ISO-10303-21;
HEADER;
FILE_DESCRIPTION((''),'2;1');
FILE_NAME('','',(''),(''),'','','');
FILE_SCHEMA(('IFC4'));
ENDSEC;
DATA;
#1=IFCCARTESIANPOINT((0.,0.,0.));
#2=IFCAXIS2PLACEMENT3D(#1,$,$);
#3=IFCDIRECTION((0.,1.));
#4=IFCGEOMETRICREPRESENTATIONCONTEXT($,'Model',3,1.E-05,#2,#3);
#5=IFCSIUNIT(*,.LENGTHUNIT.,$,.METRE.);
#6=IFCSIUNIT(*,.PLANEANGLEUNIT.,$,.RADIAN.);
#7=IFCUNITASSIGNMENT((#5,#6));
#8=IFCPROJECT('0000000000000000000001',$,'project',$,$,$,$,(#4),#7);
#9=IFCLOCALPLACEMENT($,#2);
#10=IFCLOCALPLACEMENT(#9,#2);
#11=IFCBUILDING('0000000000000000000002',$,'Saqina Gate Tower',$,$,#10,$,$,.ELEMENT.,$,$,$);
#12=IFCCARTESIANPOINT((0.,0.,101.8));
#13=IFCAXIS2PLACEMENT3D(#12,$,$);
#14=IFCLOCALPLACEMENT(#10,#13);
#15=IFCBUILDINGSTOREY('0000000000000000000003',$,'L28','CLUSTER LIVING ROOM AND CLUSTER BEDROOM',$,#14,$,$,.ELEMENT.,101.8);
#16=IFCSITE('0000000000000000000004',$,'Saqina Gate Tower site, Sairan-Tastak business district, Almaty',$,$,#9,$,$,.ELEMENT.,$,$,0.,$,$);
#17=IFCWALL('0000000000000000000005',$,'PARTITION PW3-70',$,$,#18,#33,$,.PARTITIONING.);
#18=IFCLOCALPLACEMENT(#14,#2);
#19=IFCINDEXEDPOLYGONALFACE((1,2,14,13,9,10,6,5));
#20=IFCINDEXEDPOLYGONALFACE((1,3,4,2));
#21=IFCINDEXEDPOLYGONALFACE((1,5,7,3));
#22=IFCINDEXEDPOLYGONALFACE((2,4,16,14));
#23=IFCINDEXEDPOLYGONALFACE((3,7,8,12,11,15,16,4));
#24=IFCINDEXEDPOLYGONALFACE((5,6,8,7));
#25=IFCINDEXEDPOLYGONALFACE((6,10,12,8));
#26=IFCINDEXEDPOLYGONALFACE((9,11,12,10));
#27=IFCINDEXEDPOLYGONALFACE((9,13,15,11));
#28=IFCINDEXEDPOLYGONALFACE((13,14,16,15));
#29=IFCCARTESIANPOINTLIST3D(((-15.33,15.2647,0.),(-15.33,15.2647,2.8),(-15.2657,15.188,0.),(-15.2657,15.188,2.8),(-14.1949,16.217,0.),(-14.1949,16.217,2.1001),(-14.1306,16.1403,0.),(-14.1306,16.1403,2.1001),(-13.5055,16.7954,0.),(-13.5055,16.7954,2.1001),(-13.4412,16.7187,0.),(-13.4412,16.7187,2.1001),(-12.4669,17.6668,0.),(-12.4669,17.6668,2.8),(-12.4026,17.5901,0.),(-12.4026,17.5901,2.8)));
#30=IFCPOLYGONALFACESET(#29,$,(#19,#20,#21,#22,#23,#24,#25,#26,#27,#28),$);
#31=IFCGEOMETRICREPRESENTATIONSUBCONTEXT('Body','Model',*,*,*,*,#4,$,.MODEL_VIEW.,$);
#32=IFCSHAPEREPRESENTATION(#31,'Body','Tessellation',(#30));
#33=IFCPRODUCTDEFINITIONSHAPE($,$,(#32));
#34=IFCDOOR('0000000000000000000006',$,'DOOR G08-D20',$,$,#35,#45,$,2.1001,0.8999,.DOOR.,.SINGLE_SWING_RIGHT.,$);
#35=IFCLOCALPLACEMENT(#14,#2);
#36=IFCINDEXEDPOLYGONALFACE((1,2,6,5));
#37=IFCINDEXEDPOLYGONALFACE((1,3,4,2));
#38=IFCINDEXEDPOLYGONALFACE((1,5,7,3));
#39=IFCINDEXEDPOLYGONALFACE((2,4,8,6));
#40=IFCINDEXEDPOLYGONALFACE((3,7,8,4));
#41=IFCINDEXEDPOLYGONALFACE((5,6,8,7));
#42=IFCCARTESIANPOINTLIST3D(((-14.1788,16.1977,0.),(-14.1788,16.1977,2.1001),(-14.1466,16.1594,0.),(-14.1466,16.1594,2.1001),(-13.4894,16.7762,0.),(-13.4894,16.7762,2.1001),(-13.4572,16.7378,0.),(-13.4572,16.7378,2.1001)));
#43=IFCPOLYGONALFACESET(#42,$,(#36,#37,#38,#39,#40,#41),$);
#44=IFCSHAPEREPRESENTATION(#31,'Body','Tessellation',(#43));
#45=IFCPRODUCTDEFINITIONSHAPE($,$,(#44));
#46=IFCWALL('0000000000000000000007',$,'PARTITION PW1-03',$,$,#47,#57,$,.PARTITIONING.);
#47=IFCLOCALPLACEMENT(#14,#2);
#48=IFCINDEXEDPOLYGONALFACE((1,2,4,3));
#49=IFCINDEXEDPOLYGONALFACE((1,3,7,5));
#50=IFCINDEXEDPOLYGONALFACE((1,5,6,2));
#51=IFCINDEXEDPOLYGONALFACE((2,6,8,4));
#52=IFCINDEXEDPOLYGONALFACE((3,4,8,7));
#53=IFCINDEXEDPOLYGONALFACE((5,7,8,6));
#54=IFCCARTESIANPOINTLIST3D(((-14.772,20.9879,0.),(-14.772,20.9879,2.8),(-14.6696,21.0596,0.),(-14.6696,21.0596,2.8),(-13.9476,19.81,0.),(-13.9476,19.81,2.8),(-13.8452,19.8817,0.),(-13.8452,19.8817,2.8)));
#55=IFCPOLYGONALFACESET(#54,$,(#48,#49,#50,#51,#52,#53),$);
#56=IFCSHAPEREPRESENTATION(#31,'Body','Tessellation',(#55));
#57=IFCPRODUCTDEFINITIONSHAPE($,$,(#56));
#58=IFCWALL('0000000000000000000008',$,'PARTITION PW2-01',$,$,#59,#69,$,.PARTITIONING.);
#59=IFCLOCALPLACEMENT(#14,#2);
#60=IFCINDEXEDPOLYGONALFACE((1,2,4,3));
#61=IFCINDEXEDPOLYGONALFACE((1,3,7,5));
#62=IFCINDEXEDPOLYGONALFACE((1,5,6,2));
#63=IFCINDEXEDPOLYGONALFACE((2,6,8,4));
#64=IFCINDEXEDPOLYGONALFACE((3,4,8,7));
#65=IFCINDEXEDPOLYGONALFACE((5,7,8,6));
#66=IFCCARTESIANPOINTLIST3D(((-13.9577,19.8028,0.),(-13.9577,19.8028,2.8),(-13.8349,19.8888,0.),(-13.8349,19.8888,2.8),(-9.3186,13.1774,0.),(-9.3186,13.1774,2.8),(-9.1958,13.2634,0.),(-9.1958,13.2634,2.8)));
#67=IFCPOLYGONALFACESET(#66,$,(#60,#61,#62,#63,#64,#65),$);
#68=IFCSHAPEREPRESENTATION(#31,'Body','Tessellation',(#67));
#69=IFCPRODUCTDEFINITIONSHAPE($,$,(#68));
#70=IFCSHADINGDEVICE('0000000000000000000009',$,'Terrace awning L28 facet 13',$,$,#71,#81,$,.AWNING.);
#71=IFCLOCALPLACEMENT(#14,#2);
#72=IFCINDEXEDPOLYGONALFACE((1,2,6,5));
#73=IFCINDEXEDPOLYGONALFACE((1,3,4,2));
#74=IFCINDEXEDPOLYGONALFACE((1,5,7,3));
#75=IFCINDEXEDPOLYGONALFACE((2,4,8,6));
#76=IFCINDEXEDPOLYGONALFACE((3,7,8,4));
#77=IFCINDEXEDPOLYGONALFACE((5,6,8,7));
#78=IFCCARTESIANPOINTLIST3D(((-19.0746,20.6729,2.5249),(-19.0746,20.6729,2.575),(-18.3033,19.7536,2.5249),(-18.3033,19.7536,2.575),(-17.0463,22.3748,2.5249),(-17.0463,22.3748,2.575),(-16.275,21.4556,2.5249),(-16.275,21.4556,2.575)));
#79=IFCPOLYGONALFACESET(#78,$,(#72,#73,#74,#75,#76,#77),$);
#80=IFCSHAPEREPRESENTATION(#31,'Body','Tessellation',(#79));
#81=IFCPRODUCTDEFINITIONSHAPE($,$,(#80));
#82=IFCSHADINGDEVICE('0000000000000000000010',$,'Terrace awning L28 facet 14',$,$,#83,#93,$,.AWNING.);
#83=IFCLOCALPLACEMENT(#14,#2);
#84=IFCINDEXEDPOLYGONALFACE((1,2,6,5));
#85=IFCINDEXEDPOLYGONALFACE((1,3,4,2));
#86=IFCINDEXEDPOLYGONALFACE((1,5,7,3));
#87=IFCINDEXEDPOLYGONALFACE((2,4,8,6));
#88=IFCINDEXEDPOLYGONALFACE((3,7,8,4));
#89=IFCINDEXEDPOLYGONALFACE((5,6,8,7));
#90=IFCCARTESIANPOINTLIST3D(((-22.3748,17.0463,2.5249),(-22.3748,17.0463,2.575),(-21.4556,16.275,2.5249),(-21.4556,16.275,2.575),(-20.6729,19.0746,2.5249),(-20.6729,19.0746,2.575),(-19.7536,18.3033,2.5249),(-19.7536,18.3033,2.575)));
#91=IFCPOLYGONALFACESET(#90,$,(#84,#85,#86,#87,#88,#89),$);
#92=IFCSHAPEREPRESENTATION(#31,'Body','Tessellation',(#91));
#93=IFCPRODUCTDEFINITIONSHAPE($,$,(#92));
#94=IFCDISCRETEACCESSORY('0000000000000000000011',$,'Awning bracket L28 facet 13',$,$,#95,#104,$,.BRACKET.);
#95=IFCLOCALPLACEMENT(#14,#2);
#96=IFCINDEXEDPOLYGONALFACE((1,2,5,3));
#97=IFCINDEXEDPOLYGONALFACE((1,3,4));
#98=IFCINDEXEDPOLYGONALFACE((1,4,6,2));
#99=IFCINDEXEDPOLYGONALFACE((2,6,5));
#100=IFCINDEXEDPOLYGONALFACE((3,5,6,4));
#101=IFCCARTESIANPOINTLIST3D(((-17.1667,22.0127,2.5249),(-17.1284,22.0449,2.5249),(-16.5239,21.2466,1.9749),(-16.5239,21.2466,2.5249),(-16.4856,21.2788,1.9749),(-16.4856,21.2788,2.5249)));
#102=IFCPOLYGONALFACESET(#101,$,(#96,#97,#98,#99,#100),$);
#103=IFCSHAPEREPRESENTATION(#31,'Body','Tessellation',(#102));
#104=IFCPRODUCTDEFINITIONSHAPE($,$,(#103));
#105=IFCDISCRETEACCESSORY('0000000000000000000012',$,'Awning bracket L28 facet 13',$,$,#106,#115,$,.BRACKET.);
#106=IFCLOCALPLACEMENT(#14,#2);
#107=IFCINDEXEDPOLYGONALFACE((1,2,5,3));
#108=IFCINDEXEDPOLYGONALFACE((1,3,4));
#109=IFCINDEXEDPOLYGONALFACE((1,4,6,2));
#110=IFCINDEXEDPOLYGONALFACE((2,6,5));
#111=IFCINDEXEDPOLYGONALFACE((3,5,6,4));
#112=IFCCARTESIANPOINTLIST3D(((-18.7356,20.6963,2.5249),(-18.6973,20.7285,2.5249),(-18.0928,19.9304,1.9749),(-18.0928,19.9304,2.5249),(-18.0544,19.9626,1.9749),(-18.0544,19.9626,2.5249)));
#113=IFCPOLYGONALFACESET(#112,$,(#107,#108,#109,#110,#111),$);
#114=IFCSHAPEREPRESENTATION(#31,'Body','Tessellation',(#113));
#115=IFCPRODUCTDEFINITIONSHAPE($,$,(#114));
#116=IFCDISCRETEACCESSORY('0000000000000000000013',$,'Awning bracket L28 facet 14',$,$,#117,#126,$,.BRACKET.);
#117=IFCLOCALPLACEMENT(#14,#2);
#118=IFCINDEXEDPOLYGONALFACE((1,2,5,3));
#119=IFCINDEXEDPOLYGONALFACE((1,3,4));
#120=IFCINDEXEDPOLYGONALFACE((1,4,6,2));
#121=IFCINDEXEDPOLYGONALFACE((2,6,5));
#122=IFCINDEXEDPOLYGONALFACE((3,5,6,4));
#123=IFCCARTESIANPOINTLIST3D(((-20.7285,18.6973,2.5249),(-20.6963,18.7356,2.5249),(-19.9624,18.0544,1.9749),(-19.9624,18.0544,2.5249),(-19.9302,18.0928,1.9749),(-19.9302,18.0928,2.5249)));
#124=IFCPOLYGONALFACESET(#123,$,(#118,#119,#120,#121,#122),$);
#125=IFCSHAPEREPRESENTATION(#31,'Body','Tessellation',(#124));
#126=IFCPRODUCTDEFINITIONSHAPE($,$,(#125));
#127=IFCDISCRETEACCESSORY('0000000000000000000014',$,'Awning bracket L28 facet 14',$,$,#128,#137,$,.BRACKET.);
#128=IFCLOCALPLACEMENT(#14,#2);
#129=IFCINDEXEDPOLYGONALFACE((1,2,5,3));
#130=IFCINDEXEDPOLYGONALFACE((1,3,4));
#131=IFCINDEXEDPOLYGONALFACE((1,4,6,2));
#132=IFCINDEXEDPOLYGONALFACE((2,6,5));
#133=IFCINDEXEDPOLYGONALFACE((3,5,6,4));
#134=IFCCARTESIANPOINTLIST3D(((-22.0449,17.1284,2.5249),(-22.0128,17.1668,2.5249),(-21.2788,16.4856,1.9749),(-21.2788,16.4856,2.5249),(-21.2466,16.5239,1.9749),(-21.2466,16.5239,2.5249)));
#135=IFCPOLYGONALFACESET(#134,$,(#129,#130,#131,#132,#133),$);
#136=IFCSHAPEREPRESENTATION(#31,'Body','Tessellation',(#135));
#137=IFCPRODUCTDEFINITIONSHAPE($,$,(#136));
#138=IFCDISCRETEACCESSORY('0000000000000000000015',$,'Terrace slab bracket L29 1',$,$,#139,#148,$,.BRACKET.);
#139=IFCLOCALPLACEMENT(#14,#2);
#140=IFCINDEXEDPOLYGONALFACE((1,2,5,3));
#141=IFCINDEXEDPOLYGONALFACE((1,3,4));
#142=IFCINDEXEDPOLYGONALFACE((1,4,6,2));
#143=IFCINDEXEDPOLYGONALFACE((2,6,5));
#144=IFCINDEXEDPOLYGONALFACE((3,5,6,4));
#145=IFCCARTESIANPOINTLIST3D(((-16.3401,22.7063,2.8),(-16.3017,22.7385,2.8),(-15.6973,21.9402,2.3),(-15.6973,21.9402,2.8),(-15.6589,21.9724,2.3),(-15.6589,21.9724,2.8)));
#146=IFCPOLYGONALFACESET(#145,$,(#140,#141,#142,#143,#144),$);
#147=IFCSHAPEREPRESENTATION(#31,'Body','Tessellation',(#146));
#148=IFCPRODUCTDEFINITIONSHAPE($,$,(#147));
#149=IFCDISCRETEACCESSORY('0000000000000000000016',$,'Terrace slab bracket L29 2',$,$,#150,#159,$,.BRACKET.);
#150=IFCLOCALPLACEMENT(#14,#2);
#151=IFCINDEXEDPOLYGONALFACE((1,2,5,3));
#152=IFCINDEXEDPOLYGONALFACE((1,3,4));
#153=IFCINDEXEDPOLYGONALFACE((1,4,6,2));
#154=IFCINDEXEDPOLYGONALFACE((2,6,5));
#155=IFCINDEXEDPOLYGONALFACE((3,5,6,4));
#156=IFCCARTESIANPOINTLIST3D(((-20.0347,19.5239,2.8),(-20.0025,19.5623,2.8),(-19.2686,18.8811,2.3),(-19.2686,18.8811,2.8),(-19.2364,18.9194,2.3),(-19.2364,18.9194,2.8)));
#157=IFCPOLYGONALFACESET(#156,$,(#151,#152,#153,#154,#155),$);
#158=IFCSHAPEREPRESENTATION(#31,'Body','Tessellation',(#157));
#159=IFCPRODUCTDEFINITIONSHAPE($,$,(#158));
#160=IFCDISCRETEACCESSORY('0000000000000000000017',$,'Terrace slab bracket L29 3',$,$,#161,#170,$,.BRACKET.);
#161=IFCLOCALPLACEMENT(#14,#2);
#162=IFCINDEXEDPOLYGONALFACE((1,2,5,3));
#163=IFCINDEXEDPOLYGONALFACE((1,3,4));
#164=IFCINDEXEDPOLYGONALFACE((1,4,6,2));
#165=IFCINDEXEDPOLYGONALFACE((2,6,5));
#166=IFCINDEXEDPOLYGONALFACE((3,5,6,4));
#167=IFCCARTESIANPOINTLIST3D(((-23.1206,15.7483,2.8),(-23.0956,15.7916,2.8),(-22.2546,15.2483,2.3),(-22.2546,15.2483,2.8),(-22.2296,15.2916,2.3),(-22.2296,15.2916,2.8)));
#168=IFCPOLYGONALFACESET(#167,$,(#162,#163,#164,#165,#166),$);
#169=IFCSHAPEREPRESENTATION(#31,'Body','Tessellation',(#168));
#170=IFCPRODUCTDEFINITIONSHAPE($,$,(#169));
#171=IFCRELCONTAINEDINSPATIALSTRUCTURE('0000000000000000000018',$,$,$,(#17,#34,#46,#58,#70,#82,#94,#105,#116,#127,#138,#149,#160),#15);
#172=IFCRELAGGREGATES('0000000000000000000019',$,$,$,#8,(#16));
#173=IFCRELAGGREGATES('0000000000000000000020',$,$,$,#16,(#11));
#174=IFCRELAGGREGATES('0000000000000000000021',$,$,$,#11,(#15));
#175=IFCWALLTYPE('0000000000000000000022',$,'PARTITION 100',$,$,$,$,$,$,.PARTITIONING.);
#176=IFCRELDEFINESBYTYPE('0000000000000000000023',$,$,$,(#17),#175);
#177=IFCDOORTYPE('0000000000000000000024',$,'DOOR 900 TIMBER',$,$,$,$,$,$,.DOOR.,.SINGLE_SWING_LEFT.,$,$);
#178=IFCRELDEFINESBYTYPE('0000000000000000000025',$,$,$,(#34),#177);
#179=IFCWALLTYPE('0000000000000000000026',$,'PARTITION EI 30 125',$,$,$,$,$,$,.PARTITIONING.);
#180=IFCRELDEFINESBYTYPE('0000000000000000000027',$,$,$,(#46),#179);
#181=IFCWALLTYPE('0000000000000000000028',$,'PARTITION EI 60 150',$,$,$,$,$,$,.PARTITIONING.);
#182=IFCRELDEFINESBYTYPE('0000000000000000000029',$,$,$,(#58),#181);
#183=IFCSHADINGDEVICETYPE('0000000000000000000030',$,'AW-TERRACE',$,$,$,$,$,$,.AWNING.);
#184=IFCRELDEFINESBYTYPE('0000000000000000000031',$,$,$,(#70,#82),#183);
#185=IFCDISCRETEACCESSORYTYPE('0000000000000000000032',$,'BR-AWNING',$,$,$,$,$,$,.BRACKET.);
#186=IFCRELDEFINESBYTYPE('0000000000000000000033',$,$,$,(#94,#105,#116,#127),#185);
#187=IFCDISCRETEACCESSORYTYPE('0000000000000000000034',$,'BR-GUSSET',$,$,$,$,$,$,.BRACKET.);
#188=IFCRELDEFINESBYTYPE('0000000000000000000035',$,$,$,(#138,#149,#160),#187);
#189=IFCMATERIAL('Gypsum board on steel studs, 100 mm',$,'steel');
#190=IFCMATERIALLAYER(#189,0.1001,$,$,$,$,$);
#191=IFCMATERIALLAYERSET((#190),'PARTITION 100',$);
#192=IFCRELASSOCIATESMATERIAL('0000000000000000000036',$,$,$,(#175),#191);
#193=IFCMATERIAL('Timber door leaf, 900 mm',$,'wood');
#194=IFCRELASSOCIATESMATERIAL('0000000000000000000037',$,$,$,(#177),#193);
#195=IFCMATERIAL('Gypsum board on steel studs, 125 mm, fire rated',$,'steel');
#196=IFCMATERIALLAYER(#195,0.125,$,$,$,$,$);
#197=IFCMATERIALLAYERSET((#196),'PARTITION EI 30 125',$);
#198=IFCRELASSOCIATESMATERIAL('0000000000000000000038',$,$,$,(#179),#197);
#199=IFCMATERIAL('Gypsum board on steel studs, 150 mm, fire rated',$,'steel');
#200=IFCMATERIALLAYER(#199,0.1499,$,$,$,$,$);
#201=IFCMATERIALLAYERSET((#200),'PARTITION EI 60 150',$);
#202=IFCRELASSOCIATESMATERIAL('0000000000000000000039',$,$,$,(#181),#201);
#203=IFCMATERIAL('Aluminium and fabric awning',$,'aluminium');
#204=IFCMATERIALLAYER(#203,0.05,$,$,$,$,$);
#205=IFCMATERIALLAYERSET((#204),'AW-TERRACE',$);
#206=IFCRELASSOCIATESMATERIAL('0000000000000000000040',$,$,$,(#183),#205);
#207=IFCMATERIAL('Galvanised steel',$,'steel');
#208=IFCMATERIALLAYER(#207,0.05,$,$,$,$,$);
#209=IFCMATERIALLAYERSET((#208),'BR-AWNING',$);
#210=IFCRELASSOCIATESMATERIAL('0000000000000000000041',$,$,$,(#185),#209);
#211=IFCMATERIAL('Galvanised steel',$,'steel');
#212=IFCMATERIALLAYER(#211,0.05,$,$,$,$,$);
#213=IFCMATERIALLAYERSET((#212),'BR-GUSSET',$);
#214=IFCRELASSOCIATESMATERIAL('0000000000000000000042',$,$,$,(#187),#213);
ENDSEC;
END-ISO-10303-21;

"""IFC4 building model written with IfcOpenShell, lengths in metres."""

from ifc_helpers import new_model, si_unit, direction, frame, frame_2d, origin, origin_2d, place, context, subcontext, project, spatial, polyline, rectangle, outline, extrude, material, layer, layer_set, type_object, element, fill, save


model = new_model("IFC4")

# Units and contexts
model_context = context("Model", 3, precision=1e-05, world=origin(), true_north=direction((0.0, 1.0)))
body_context = subcontext(model_context, "Body", "Model", "MODEL_VIEW")
ifc_project = project(units=[si_unit("LENGTHUNIT", "METRE"), si_unit("PLANEANGLEUNIT", "RADIAN")], contexts=[model_context])

# Site, building, storey
site_placement = place(None, origin())
site = spatial("IfcSite", under=ifc_project, at=site_placement, Name="Saqina Gate Tower site, Sairan-Tastak business district, Almaty", CompositionType="ELEMENT", RefElevation=0.0)
building_placement = place(site_placement, origin())
building = spatial("IfcBuilding", under=site, at=building_placement, Name="Saqina Gate Tower", CompositionType="ELEMENT")
storey_placement = place(building_placement, frame((0.0, 0.0, 101.8)))
storey = spatial("IfcBuildingStorey", under=building, at=storey_placement, Name="L28", Description="CLUSTER LIVING ROOM AND CLUSTER BEDROOM", CompositionType="ELEMENT", Elevation=101.8)

# Wall, opening, door
ifc_material_1 = material(Name="Gypsum board on steel studs, 100 mm", Category="steel")
ifc_layer_1 = layer(ifc_material_1, 0.1001)
ifc_layer_set_1 = layer_set([ifc_layer_1], Name="PARTITION 100")
wall_type_1 = type_object("IfcWallType", Name="PARTITION 100", PredefinedType="PARTITIONING", material=ifc_layer_set_1)
wall_1_placement = place(storey_placement, frame((-15.2979, 15.2263, 0.0), z_axis=(0.0, 0.0, 1.0), x_axis=(0.766081, 0.642745, 0.0)))
wall_1 = element("IfcWall", 1, at=wall_1_placement, inside=storey, type_object=wall_type_1, Name="PARTITION PW3-70", PredefinedType="PARTITIONING", context=body_context, shape_type="SweptSolid", body=[
    extrude(rectangle(XDim=3.7373, YDim=0.1001, at=frame_2d((1.8687, 0.0))), origin(), (0.0, 0.0, 1.0), 2.8),
])
opening_1_placement = place(wall_1_placement, frame((1.4817, 0.0, 0.0)))
opening_1 = element("IfcOpeningElement", 2, at=opening_1_placement, cuts=wall_1, PredefinedType="OPENING", context=body_context, shape_type="SweptSolid", body=[
    extrude(rectangle(XDim=0.8999, YDim=2.1001, at=frame_2d((0.45, 1.05))), frame((0.0, 0.062, 0.0), z_axis=(0.0, -1.0, 0.0), x_axis=(1.0, 0.0, 0.0)), (0.0, 0.0, 1.0), 0.124),
])
ifc_material_2 = material(Name="Timber door leaf, 900 mm", Category="wood")
door_type_1 = type_object("IfcDoorType", Name="DOOR 900 TIMBER", OperationType="SINGLE_SWING_LEFT", PredefinedType="DOOR", material=ifc_material_2)
door_1_placement = place(opening_1_placement, origin())
door_1 = element("IfcDoor", 3, at=door_1_placement, inside=storey, type_object=door_type_1, Name="DOOR G08-D20", OperationType="SINGLE_SWING_RIGHT", OverallHeight=2.1001, OverallWidth=0.8999, PredefinedType="DOOR", context=body_context, shape_type="SweptSolid", body=[
    extrude(rectangle(XDim=0.8999, YDim=2.1001, at=frame_2d((0.45, 1.05))), frame((0.0, 0.0249, 0.0), z_axis=(0.0, -1.0, 0.0), x_axis=(1.0, 0.0, 0.0)), (0.0, 0.0, 1.0), 0.05),
])
fill(opening_1, door_1)

# Walls
ifc_material_3 = material(Name="Gypsum board on steel studs, 125 mm, fire rated", Category="steel")
ifc_layer_2 = layer(ifc_material_3, 0.125)
ifc_layer_set_2 = layer_set([ifc_layer_2], Name="PARTITION EI 30 125")
wall_type_2 = type_object("IfcWallType", Name="PARTITION EI 30 125", PredefinedType="PARTITIONING", material=ifc_layer_set_2)
wall_2_placement = place(storey_placement, frame((-14.7207, 21.0237, 0.0), z_axis=(0.0, 0.0, 1.0), x_axis=(0.573405, -0.819272, 0.0)))
element("IfcWall", 4, at=wall_2_placement, inside=storey, type_object=wall_type_2, Name="PARTITION PW1-03", PredefinedType="PARTITIONING", context=body_context, shape_type="SweptSolid", body=[
    extrude(rectangle(XDim=1.4377, YDim=0.125, at=frame_2d((0.7188, 0.0))), origin(), (0.0, 0.0, 1.0), 2.8),
])
ifc_material_4 = material(Name="Gypsum board on steel studs, 150 mm, fire rated", Category="steel")
ifc_layer_3 = layer(ifc_material_4, 0.1499)
ifc_layer_set_3 = layer_set([ifc_layer_3], Name="PARTITION EI 60 150")
wall_type_3 = type_object("IfcWallType", Name="PARTITION EI 60 150", PredefinedType="PARTITIONING", material=ifc_layer_set_3)
wall_3_placement = place(storey_placement, frame((-13.8962, 19.8457, 0.0), z_axis=(0.0, 0.0, 1.0), x_axis=(0.573572, -0.819155, 0.0)))
element("IfcWall", 5, at=wall_3_placement, inside=storey, type_object=wall_type_3, Name="PARTITION PW2-01", PredefinedType="PARTITIONING", context=body_context, shape_type="SweptSolid", body=[
    extrude(rectangle(XDim=8.0881, YDim=0.1499, at=frame_2d((4.0439, 0.0))), origin(), (0.0, 0.0, 1.0), 2.8),
])

# Shading devices
ifc_material_5 = material(Name="Aluminium and fabric awning", Category="aluminium")
ifc_layer_4 = layer(ifc_material_5, 0.05)
ifc_layer_set_4 = layer_set([ifc_layer_4], Name="AW-TERRACE")
shading_device_type = type_object("IfcShadingDeviceType", Name="AW-TERRACE", PredefinedType="AWNING", material=ifc_layer_set_4)
for number, where, z_axis, x_axis, name in (
    (6, (-17.6748, 21.0642, 2.5249), (0.0, 0.0, 1.0), (-0.766044, -0.642788, 0.0), "Terrace awning L28 facet 13"),
    (7, (-21.0642, 17.6748, 2.5249), (0.0, 0.0, 1.0), (-0.642788, -0.766044, 0.0), "Terrace awning L28 facet 14"),
):
    element("IfcShadingDevice", number, at=place(storey_placement, frame(where, z_axis=z_axis, x_axis=x_axis)), inside=storey, type_object=shading_device_type, Name=name, PredefinedType="AWNING", context=body_context, shape_type="SweptSolid", body=[
        extrude(rectangle(XDim=2.6477, YDim=1.2, at=origin_2d()), origin(), (0.0, 0.0, 1.0), 0.05),
    ])

# Discrete accessories
ifc_material_6 = material(Name="Galvanised steel", Category="steel")
ifc_layer_5 = layer(ifc_material_6, 0.05)
ifc_layer_set_5 = layer_set([ifc_layer_5], Name="BR-AWNING")
discrete_accessory_type_1 = type_object("IfcDiscreteAccessoryType", Name="BR-AWNING", PredefinedType="BRACKET", material=ifc_layer_set_5)
discrete_accessory_1_placement = place(storey_placement, frame((-16.5239, 21.2466, 1.9749), z_axis=(-0.766056, -0.642774, 0.0), x_axis=(0.0, 0.0, 1.0)))
element("IfcDiscreteAccessory", 8, at=discrete_accessory_1_placement, inside=storey, type_object=discrete_accessory_type_1, Name="Awning bracket L28 facet 13", PredefinedType="BRACKET", context=body_context, shape_type="SweptSolid", body=[
    extrude(outline(polyline([(0.0, 0.0), (0.55, 0.0), (0.55, 1.0001), (0.0, 0.0)])), origin(), (0.0, 0.0, -1.0), 0.05),
])
discrete_accessory_2_placement = place(storey_placement, frame((-18.0928, 19.9304, 1.9749), z_axis=(-0.765955, -0.642894, 0.0), x_axis=(0.0, 0.0, 1.0)))
element("IfcDiscreteAccessory", 9, at=discrete_accessory_2_placement, inside=storey, type_object=discrete_accessory_type_1, Name="Awning bracket L28 facet 13", PredefinedType="BRACKET", context=body_context, shape_type="SweptSolid", body=[
    extrude(outline(polyline([(0.0, 0.0), (0.55, 0.0), (0.55, 0.9999), (0.0, 0.0)])), origin(), (0.0, 0.0, -1.0), 0.05),
])
for number, where, z_axis, x_axis, name in (
    (10, (-19.9624, 18.0544, 1.9749), (-0.642774, -0.766056, 0.0), (0.0, 0.0, 1.0), "Awning bracket L28 facet 14"),
    (11, (-21.2788, 16.4856, 1.9749), (-0.642774, -0.766056, 0.0), (0.0, 0.0, 1.0), "Awning bracket L28 facet 14"),
):
    element("IfcDiscreteAccessory", number, at=place(storey_placement, frame(where, z_axis=z_axis, x_axis=x_axis)), inside=storey, type_object=discrete_accessory_type_1, Name=name, PredefinedType="BRACKET", context=body_context, shape_type="SweptSolid", body=[
        extrude(outline(polyline([(0.0, 0.0), (0.55, 0.0), (0.55, 1.0001), (0.0, 0.0)])), origin(), (0.0, 0.0, -1.0), 0.05),
    ])
ifc_material_7 = material(Name="Galvanised steel", Category="steel")
ifc_layer_6 = layer(ifc_material_7, 0.05)
ifc_layer_set_6 = layer_set([ifc_layer_6], Name="BR-GUSSET")
discrete_accessory_type_2 = type_object("IfcDiscreteAccessoryType", Name="BR-GUSSET", PredefinedType="BRACKET", material=ifc_layer_set_6)
for number, where, z_axis, x_axis, name in (
    (12, (-15.6973, 21.9402, 2.3), (-0.766056, -0.642774, 0.0), (0.0, 0.0, 1.0), "Terrace slab bracket L29 1"),
    (13, (-19.2686, 18.8811, 2.3), (-0.642774, -0.766056, 0.0), (0.0, 0.0, 1.0), "Terrace slab bracket L29 2"),
):
    element("IfcDiscreteAccessory", number, at=place(storey_placement, frame(where, z_axis=z_axis, x_axis=x_axis)), inside=storey, type_object=discrete_accessory_type_2, Name=name, PredefinedType="BRACKET", context=body_context, shape_type="SweptSolid", body=[
        extrude(outline(polyline([(0.0, 0.0), (0.5, 0.0), (0.5, 1.0001), (0.0, 0.0)])), origin(), (0.0, 0.0, -1.0), 0.05),
    ])
discrete_accessory_3_placement = place(storey_placement, frame((-22.2546, 15.2483, 2.3), z_axis=(-0.500025, -0.866011, 0.0), x_axis=(0.0, 0.0, 1.0)))
element("IfcDiscreteAccessory", 14, at=discrete_accessory_3_placement, inside=storey, type_object=discrete_accessory_type_2, Name="Terrace slab bracket L29 3", PredefinedType="BRACKET", context=body_context, shape_type="SweptSolid", body=[
    extrude(outline(polyline([(0.0, 0.0), (0.5, 0.0), (0.5, 0.9999), (0.0, 0.0)])), origin(), (0.0, 0.0, -1.0), 0.05),
])

save(model, "model.ifc")
